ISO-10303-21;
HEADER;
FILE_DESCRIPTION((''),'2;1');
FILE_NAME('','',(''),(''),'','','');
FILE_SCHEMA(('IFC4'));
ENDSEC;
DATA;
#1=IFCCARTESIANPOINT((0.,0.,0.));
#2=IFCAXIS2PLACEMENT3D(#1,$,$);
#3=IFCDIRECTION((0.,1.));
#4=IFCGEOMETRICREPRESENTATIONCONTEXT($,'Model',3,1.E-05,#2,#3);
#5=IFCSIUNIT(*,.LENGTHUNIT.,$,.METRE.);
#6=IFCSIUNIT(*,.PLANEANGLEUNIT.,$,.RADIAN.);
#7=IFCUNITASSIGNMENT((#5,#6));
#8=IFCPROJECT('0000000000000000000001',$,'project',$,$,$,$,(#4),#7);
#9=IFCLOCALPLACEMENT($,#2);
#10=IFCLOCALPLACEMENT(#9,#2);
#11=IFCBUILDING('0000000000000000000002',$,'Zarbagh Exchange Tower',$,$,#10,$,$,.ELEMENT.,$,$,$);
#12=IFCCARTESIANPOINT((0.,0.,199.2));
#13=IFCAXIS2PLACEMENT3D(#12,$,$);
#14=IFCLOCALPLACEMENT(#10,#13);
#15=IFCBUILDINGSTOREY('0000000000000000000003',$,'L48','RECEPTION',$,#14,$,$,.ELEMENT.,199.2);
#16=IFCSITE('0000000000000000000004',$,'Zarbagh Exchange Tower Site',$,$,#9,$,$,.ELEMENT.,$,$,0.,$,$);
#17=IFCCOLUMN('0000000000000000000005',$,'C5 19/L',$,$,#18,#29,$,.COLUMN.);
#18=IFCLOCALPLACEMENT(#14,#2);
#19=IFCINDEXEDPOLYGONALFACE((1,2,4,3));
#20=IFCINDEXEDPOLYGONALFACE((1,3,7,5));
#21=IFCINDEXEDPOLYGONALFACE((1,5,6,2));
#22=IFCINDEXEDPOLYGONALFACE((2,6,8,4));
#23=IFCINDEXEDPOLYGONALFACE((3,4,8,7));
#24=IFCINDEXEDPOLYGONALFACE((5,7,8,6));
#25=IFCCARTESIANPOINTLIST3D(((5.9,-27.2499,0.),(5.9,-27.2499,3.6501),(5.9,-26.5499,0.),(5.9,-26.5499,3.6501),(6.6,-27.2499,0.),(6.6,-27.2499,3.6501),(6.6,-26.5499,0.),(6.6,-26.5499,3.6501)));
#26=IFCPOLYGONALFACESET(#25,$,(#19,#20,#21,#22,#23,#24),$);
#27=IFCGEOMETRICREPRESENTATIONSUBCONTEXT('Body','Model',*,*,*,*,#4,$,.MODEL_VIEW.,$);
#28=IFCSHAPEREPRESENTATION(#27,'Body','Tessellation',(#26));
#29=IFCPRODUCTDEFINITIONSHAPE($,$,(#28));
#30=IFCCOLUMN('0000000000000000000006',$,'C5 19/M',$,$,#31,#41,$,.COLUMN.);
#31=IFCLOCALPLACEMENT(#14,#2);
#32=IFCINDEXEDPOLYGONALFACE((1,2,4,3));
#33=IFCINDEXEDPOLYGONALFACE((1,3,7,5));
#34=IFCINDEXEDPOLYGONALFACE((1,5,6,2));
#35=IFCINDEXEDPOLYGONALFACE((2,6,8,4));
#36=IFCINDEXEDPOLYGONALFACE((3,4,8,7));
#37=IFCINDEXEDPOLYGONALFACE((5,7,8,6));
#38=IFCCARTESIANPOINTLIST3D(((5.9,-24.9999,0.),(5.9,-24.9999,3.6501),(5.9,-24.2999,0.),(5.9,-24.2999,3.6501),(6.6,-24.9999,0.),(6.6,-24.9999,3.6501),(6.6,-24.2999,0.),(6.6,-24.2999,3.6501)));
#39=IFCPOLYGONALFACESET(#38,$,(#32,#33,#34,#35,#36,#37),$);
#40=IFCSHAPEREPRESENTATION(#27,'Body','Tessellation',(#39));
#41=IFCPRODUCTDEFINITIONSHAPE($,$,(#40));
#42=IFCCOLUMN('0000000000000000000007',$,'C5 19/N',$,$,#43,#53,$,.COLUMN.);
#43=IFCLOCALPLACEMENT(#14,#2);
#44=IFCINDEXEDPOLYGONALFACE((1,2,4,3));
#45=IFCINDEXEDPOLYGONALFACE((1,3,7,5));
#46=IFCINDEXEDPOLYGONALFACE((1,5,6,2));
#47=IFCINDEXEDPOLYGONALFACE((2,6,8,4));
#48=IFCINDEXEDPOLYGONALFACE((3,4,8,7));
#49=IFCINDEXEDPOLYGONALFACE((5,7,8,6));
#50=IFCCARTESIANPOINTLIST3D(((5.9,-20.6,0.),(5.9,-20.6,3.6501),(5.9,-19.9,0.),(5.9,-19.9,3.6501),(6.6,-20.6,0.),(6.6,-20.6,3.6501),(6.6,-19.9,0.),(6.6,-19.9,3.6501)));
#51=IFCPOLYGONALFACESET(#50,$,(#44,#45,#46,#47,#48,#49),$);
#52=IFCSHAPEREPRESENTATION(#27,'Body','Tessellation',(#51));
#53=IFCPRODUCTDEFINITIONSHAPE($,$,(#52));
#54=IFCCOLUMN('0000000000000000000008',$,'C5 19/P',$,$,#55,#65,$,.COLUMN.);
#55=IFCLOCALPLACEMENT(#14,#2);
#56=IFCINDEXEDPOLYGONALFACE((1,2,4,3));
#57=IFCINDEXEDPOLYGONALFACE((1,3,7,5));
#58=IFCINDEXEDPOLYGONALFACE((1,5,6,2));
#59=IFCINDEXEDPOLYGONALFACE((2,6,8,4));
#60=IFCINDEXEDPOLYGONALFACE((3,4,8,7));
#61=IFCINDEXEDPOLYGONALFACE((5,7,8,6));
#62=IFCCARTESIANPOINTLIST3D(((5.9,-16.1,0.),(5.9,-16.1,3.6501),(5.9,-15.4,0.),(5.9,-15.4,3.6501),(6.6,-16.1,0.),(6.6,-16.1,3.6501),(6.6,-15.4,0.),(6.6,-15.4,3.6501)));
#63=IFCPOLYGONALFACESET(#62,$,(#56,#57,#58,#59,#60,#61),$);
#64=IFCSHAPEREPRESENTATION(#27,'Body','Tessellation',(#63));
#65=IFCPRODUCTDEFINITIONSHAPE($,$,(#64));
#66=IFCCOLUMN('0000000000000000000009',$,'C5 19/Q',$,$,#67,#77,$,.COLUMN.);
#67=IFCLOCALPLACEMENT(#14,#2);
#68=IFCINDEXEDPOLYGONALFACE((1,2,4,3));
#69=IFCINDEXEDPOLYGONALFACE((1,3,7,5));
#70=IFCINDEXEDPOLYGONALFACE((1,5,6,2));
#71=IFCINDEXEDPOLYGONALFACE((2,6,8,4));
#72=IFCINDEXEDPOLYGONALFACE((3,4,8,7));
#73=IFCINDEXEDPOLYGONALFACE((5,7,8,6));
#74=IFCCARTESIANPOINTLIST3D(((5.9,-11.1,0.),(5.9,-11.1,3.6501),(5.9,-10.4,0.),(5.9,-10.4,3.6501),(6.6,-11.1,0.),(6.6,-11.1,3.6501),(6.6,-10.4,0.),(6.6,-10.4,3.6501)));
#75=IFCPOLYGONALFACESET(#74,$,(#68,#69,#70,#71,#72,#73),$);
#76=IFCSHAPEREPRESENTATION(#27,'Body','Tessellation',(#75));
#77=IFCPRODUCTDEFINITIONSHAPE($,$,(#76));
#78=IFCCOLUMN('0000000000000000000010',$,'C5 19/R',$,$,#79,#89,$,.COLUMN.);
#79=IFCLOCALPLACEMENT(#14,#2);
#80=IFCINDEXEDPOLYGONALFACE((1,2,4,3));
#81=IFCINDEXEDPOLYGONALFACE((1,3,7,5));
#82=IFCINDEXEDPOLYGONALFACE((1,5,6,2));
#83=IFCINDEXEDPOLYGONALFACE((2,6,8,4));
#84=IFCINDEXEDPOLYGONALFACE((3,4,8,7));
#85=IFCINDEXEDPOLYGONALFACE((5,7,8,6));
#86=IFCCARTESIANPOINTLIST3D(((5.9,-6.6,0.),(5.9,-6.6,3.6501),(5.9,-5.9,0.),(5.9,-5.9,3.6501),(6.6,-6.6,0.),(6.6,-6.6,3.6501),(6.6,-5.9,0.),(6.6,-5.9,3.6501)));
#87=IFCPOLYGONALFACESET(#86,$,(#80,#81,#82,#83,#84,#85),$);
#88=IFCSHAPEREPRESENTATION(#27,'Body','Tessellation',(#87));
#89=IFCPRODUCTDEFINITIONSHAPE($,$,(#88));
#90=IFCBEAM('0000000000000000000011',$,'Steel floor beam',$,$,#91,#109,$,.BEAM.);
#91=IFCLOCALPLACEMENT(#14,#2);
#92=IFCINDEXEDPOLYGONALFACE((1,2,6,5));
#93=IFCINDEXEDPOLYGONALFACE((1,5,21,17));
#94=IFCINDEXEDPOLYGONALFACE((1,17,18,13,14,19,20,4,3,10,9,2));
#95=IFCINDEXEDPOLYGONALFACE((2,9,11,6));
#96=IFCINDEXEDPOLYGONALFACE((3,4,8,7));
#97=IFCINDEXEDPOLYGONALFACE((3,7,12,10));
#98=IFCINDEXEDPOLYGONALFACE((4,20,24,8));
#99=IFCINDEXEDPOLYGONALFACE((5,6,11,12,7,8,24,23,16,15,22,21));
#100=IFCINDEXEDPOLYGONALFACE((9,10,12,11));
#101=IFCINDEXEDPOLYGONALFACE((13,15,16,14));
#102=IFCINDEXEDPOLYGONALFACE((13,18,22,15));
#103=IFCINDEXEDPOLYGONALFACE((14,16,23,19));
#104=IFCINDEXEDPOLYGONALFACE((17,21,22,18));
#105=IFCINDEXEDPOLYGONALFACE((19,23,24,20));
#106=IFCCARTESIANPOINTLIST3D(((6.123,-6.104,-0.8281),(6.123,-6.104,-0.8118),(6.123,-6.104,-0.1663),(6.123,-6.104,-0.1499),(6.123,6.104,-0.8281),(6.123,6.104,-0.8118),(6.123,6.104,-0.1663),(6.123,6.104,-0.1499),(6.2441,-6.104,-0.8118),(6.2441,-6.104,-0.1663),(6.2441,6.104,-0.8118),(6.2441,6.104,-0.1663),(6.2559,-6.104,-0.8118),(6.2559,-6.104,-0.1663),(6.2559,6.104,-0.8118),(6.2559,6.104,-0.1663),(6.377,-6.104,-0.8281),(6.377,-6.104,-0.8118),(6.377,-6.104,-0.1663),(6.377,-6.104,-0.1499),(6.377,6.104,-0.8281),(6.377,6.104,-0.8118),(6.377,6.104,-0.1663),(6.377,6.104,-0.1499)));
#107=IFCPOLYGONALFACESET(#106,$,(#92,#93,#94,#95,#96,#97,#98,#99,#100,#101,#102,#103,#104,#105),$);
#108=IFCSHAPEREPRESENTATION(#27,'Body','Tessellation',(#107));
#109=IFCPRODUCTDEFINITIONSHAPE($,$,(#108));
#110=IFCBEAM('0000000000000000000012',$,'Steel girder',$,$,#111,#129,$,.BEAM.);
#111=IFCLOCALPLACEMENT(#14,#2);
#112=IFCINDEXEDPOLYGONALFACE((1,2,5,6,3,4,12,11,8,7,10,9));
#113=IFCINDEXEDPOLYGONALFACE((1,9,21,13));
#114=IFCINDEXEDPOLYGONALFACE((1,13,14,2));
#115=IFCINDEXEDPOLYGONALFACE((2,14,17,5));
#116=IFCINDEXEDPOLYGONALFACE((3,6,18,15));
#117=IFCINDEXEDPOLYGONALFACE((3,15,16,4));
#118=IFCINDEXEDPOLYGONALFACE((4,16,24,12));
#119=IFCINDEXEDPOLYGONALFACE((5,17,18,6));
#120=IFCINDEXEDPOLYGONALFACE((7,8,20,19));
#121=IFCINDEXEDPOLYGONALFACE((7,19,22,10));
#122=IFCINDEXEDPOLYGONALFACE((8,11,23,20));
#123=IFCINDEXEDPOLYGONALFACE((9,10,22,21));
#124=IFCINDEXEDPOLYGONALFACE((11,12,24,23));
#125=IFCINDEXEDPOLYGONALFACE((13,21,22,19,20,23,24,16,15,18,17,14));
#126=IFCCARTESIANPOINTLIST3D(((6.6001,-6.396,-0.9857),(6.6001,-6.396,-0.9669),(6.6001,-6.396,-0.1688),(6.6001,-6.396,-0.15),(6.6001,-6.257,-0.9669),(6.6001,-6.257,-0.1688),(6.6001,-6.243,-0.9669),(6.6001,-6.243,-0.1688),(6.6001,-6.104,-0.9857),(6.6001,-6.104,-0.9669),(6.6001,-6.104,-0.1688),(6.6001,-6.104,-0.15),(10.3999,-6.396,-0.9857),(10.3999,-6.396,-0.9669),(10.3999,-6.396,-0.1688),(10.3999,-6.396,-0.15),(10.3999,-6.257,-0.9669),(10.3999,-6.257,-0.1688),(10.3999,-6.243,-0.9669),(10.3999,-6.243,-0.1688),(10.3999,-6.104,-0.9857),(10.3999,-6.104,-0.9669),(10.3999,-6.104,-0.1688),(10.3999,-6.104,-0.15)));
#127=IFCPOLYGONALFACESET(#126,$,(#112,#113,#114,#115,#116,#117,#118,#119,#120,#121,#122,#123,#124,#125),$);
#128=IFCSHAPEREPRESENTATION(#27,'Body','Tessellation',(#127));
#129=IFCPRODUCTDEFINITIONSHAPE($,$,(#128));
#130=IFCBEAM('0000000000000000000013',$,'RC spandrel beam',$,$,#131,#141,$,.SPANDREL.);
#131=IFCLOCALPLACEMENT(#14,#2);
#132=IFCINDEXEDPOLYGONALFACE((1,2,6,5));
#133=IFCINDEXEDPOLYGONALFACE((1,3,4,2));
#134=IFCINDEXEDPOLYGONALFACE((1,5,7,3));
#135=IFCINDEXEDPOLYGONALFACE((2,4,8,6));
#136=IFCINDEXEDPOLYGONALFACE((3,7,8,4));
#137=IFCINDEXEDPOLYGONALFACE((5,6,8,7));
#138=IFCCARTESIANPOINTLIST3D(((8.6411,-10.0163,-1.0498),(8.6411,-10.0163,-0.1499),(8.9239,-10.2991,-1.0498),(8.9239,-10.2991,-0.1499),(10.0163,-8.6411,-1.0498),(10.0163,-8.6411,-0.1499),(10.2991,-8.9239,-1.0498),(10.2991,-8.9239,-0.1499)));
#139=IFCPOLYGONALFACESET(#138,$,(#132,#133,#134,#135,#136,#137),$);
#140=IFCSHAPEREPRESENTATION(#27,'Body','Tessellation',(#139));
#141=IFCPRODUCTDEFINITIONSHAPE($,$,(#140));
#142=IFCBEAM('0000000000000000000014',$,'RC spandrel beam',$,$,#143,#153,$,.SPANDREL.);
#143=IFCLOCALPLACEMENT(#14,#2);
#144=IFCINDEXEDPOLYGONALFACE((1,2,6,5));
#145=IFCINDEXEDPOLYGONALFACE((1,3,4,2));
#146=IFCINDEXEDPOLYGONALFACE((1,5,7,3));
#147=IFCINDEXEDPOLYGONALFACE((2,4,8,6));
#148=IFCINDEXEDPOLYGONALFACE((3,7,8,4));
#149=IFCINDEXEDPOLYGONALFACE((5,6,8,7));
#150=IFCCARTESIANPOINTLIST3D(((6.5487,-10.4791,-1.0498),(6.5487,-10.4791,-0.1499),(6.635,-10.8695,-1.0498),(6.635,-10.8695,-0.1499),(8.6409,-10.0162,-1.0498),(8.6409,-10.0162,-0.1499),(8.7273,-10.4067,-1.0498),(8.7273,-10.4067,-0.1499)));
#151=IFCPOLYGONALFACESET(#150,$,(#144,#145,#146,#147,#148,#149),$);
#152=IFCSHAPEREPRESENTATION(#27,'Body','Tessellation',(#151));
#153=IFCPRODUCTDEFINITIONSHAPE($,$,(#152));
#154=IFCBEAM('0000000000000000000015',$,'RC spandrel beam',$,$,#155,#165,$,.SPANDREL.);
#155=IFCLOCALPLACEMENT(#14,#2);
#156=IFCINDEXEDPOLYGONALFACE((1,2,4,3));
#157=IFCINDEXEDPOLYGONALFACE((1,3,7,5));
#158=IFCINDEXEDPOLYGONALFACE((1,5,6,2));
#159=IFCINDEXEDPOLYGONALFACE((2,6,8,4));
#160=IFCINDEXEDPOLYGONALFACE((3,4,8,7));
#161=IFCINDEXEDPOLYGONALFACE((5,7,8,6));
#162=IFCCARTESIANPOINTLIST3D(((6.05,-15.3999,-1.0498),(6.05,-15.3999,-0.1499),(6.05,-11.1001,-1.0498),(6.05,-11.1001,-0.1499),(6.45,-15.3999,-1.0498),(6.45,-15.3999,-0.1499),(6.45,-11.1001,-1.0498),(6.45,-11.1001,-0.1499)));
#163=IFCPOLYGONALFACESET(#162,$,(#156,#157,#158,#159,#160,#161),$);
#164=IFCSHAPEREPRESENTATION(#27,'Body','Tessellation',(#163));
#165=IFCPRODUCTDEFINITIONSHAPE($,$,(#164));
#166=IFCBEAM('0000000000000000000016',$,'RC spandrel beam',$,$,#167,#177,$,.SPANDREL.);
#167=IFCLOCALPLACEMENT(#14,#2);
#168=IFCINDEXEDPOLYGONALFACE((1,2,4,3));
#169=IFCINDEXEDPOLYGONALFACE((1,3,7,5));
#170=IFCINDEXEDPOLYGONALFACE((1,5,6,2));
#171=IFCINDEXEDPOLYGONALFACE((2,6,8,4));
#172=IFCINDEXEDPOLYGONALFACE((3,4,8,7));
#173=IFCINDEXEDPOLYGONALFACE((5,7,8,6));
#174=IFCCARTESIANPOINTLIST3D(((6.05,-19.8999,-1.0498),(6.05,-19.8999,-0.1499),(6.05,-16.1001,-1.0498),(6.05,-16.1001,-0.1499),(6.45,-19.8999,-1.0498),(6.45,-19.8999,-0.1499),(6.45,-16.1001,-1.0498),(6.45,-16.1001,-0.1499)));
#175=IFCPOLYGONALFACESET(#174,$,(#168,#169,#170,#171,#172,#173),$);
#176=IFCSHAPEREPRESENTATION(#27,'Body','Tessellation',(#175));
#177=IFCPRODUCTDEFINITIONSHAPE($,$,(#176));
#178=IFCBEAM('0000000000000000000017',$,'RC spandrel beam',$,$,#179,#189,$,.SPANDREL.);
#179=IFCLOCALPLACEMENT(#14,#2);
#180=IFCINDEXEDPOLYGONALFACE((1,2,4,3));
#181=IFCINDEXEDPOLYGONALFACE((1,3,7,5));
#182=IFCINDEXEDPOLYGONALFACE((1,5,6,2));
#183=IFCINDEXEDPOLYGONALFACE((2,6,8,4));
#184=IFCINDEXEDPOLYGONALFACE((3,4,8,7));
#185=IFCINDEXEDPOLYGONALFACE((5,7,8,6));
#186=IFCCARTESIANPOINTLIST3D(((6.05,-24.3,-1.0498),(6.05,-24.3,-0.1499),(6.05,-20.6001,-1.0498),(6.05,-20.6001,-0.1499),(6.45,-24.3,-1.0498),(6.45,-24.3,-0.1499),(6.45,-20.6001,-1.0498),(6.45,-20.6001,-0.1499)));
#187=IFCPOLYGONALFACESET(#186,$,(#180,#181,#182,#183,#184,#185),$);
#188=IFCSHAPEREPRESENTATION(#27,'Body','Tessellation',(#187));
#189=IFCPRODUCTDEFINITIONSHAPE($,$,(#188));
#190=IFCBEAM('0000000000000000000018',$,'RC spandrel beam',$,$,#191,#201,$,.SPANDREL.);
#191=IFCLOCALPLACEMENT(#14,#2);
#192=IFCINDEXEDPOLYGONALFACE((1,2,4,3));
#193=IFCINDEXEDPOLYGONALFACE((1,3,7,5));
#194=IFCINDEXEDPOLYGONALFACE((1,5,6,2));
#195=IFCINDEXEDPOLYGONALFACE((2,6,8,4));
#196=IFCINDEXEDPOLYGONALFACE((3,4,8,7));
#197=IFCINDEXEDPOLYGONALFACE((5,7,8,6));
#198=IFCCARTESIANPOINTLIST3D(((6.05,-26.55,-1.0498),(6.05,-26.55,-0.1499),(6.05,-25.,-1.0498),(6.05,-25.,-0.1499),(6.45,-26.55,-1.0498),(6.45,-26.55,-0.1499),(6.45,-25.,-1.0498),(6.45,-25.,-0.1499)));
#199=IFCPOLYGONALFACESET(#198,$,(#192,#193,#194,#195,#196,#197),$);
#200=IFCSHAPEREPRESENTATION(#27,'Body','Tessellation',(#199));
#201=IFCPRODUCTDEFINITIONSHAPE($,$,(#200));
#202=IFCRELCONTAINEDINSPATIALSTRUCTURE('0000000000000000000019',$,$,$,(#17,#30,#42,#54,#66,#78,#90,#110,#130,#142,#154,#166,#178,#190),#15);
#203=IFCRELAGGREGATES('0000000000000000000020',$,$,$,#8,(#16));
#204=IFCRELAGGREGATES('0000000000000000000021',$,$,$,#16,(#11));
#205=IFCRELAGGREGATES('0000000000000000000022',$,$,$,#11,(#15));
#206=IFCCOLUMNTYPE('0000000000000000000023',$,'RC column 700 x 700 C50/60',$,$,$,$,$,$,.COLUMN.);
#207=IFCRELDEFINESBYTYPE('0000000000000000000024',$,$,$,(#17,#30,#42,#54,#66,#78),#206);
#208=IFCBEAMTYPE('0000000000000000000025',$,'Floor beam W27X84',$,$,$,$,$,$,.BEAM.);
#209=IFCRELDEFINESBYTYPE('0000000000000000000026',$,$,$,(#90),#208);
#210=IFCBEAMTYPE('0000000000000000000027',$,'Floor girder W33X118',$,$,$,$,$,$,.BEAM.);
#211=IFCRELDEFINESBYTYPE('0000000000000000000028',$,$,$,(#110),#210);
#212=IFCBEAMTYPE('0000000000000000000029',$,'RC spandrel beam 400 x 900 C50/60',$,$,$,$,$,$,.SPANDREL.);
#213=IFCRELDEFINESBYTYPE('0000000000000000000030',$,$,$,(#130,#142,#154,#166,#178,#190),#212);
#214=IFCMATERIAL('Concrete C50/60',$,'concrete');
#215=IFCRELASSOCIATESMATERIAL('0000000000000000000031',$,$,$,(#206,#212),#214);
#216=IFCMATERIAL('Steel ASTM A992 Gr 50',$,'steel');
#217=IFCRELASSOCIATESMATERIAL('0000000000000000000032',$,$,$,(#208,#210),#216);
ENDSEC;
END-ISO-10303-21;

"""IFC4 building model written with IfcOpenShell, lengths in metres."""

from ifc_helpers import new_model, si_unit, direction, frame, origin, origin_2d, place, context, subcontext, project, spatial, rectangle, i_section, extrude, material, material_profile, profile_set, type_object, element, save


model = new_model("IFC4")

# Units and contexts
model_context = context("Model", 3, precision=1e-05, world=origin(), true_north=direction((0.0, 1.0)))
body_context = subcontext(model_context, "Body", "Model", "MODEL_VIEW")
ifc_project = project(units=[si_unit("LENGTHUNIT", "METRE"), si_unit("PLANEANGLEUNIT", "RADIAN")], contexts=[model_context])

# Site, building, storey
site_placement = place(None, origin())
site = spatial("IfcSite", under=ifc_project, at=site_placement, Name="Zarbagh Exchange Tower Site", CompositionType="ELEMENT", RefElevation=0.0)
building_placement = place(site_placement, origin())
building = spatial("IfcBuilding", under=site, at=building_placement, Name="Zarbagh Exchange Tower", CompositionType="ELEMENT")
storey_placement = place(building_placement, frame((0.0, 0.0, 199.2)))
storey = spatial("IfcBuildingStorey", under=building, at=storey_placement, Name="L48", Description="RECEPTION", CompositionType="ELEMENT", Elevation=199.2)

# Columns
ifc_material_1 = material(Name="Concrete C50/60", Category="concrete")
ifc_material_profile_1 = material_profile(ifc_material_1, rectangle(XDim=0.7, YDim=0.7, at=origin_2d()), Name="RC column 700 x 700 C50/60")
ifc_profile_set_1 = profile_set([ifc_material_profile_1], Name="Concrete C50/60")
column_type = type_object("IfcColumnType", Name="RC column 700 x 700 C50/60", PredefinedType="COLUMN", material=ifc_profile_set_1)
for number, where, z_axis, x_axis, name in (
    (1, (6.25, -26.8999, 0.0), (0.0, 0.0, 1.0), (1.0, 0.0, 0.0), "C5 19/L"),
    (2, (6.25, -24.6499, 0.0), (0.0, 0.0, 1.0), (1.0, 0.0, 0.0), "C5 19/M"),
    (3, (6.25, -20.25, 0.0), (0.0, 0.0, 1.0), (1.0, 0.0, 0.0), "C5 19/N"),
    (4, (6.25, -15.75, 0.0), (0.0, 0.0, 1.0), (1.0, 0.0, 0.0), "C5 19/P"),
    (5, (6.25, -10.75, 0.0), (0.0, 0.0, 1.0), (1.0, 0.0, 0.0), "C5 19/Q"),
    (6, (6.25, -6.25, 0.0), (0.0, 0.0, 1.0), (1.0, 0.0, 0.0), "C5 19/R"),
):
    element("IfcColumn", number, at=place(storey_placement, frame(where, z_axis=z_axis, x_axis=x_axis)), inside=storey, type_object=column_type, Name=name, PredefinedType="COLUMN", context=body_context, shape_type="SweptSolid", body=[
        extrude(rectangle(XDim=0.7, YDim=0.7, at=origin_2d()), origin(), (0.0, 0.0, 1.0), 3.6501),
    ])

# Beams
ifc_material_2 = material(Name="Steel ASTM A992 Gr 50", Category="steel")
ifc_material_profile_2 = material_profile(ifc_material_2, i_section(OverallWidth=0.2539, OverallDepth=0.6782, WebThickness=0.0117, FlangeThickness=0.0164, at=origin_2d()), Name="W27X84")
ifc_profile_set_2 = profile_set([ifc_material_profile_2], Name="Steel ASTM A992 Gr 50")
beam_type_1 = type_object("IfcBeamType", Name="Floor beam W27X84", PredefinedType="BEAM", material=ifc_profile_set_2)
beam_1_placement = place(storey_placement, frame((6.25, -6.104, -0.489), z_axis=(0.0, 1.0, 0.0), x_axis=(-1.0, 0.0, 0.0)))
element("IfcBeam", 7, at=beam_1_placement, inside=storey, type_object=beam_type_1, Name="Steel floor beam", PredefinedType="BEAM", context=body_context, shape_type="SweptSolid", body=[
    extrude(i_section(OverallWidth=0.2539, OverallDepth=0.6782, WebThickness=0.0117, FlangeThickness=0.0164, at=origin_2d()), origin(), (0.0, 0.0, 1.0), 12.208),
])
ifc_material_profile_3 = material_profile(ifc_material_2, i_section(OverallWidth=0.292, OverallDepth=0.8357, WebThickness=0.0139, FlangeThickness=0.0188, at=origin_2d()), Name="W33X118")
ifc_profile_set_3 = profile_set([ifc_material_profile_3], Name="Steel ASTM A992 Gr 50")
beam_type_2 = type_object("IfcBeamType", Name="Floor girder W33X118", PredefinedType="BEAM", material=ifc_profile_set_3)
beam_2_placement = place(storey_placement, frame((6.6001, -6.25, -0.5679), z_axis=(1.0, 0.0, 0.0), x_axis=(0.0, 1.0, 0.0)))
element("IfcBeam", 8, at=beam_2_placement, inside=storey, type_object=beam_type_2, Name="Steel girder", PredefinedType="BEAM", context=body_context, shape_type="SweptSolid", body=[
    extrude(i_section(OverallWidth=0.292, OverallDepth=0.8357, WebThickness=0.0139, FlangeThickness=0.0188, at=origin_2d()), origin(), (0.0, 0.0, 1.0), 3.7998),
])
ifc_material_profile_4 = material_profile(ifc_material_1, rectangle(XDim=0.3999, YDim=0.8999, at=origin_2d()), Name="RC spandrel beam 400 x 900 C50/60")
ifc_profile_set_4 = profile_set([ifc_material_profile_4], Name="Concrete C50/60")
beam_type_3 = type_object("IfcBeamType", Name="RC spandrel beam 400 x 900 C50/60", PredefinedType="SPANDREL", material=ifc_profile_set_4)
beam_3_placement = place(storey_placement, frame((10.1577, -8.7825, -0.5999), z_axis=(-0.707107, -0.707107, 0.0), x_axis=(0.707107, -0.707107, 0.0)))
element("IfcBeam", 9, at=beam_3_placement, inside=storey, type_object=beam_type_3, Name="RC spandrel beam", PredefinedType="SPANDREL", context=body_context, shape_type="SweptSolid", body=[
    extrude(rectangle(XDim=0.3999, YDim=0.8999, at=origin_2d()), origin(), (0.0, 0.0, 1.0), 1.9448),
])
beam_4_placement = place(storey_placement, frame((8.6841, -10.2114, -0.5999), z_axis=(-0.97639, -0.216014, 0.0), x_axis=(0.216014, -0.97639, 0.0)))
element("IfcBeam", 10, at=beam_4_placement, inside=storey, type_object=beam_type_3, Name="RC spandrel beam", PredefinedType="SPANDREL", context=body_context, shape_type="SweptSolid", body=[
    extrude(rectangle(XDim=0.3999, YDim=0.8999, at=origin_2d()), origin(), (0.0, 0.0, 1.0), 2.1428),
])
beam_5_placement = place(storey_placement, frame((6.25, -11.1001, -0.5999), z_axis=(0.0, -1.0, 0.0), x_axis=(1.0, 0.0, 0.0)))
element("IfcBeam", 11, at=beam_5_placement, inside=storey, type_object=beam_type_3, Name="RC spandrel beam", PredefinedType="SPANDREL", context=body_context, shape_type="SweptSolid", body=[
    extrude(rectangle(XDim=0.3999, YDim=0.8999, at=origin_2d()), origin(), (0.0, 0.0, 1.0), 4.2998),
])
beam_6_placement = place(storey_placement, frame((6.25, -16.1001, -0.5999), z_axis=(0.0, -1.0, 0.0), x_axis=(1.0, 0.0, 0.0)))
element("IfcBeam", 12, at=beam_6_placement, inside=storey, type_object=beam_type_3, Name="RC spandrel beam", PredefinedType="SPANDREL", context=body_context, shape_type="SweptSolid", body=[
    extrude(rectangle(XDim=0.3999, YDim=0.8999, at=origin_2d()), origin(), (0.0, 0.0, 1.0), 3.7998),
])
beam_7_placement = place(storey_placement, frame((6.25, -20.6001, -0.5999), z_axis=(0.0, -1.0, 0.0), x_axis=(1.0, 0.0, 0.0)))
element("IfcBeam", 13, at=beam_7_placement, inside=storey, type_object=beam_type_3, Name="RC spandrel beam", PredefinedType="SPANDREL", context=body_context, shape_type="SweptSolid", body=[
    extrude(rectangle(XDim=0.3999, YDim=0.8999, at=origin_2d()), origin(), (0.0, 0.0, 1.0), 3.7),
])
beam_8_placement = place(storey_placement, frame((6.25, -25.0, -0.5999), z_axis=(0.0, -1.0, 0.0), x_axis=(1.0, 0.0, 0.0)))
element("IfcBeam", 14, at=beam_8_placement, inside=storey, type_object=beam_type_3, Name="RC spandrel beam", PredefinedType="SPANDREL", context=body_context, shape_type="SweptSolid", body=[
    extrude(rectangle(XDim=0.3999, YDim=0.8999, at=origin_2d()), origin(), (0.0, 0.0, 1.0), 1.55),
])

save(model, "model.ifc")
